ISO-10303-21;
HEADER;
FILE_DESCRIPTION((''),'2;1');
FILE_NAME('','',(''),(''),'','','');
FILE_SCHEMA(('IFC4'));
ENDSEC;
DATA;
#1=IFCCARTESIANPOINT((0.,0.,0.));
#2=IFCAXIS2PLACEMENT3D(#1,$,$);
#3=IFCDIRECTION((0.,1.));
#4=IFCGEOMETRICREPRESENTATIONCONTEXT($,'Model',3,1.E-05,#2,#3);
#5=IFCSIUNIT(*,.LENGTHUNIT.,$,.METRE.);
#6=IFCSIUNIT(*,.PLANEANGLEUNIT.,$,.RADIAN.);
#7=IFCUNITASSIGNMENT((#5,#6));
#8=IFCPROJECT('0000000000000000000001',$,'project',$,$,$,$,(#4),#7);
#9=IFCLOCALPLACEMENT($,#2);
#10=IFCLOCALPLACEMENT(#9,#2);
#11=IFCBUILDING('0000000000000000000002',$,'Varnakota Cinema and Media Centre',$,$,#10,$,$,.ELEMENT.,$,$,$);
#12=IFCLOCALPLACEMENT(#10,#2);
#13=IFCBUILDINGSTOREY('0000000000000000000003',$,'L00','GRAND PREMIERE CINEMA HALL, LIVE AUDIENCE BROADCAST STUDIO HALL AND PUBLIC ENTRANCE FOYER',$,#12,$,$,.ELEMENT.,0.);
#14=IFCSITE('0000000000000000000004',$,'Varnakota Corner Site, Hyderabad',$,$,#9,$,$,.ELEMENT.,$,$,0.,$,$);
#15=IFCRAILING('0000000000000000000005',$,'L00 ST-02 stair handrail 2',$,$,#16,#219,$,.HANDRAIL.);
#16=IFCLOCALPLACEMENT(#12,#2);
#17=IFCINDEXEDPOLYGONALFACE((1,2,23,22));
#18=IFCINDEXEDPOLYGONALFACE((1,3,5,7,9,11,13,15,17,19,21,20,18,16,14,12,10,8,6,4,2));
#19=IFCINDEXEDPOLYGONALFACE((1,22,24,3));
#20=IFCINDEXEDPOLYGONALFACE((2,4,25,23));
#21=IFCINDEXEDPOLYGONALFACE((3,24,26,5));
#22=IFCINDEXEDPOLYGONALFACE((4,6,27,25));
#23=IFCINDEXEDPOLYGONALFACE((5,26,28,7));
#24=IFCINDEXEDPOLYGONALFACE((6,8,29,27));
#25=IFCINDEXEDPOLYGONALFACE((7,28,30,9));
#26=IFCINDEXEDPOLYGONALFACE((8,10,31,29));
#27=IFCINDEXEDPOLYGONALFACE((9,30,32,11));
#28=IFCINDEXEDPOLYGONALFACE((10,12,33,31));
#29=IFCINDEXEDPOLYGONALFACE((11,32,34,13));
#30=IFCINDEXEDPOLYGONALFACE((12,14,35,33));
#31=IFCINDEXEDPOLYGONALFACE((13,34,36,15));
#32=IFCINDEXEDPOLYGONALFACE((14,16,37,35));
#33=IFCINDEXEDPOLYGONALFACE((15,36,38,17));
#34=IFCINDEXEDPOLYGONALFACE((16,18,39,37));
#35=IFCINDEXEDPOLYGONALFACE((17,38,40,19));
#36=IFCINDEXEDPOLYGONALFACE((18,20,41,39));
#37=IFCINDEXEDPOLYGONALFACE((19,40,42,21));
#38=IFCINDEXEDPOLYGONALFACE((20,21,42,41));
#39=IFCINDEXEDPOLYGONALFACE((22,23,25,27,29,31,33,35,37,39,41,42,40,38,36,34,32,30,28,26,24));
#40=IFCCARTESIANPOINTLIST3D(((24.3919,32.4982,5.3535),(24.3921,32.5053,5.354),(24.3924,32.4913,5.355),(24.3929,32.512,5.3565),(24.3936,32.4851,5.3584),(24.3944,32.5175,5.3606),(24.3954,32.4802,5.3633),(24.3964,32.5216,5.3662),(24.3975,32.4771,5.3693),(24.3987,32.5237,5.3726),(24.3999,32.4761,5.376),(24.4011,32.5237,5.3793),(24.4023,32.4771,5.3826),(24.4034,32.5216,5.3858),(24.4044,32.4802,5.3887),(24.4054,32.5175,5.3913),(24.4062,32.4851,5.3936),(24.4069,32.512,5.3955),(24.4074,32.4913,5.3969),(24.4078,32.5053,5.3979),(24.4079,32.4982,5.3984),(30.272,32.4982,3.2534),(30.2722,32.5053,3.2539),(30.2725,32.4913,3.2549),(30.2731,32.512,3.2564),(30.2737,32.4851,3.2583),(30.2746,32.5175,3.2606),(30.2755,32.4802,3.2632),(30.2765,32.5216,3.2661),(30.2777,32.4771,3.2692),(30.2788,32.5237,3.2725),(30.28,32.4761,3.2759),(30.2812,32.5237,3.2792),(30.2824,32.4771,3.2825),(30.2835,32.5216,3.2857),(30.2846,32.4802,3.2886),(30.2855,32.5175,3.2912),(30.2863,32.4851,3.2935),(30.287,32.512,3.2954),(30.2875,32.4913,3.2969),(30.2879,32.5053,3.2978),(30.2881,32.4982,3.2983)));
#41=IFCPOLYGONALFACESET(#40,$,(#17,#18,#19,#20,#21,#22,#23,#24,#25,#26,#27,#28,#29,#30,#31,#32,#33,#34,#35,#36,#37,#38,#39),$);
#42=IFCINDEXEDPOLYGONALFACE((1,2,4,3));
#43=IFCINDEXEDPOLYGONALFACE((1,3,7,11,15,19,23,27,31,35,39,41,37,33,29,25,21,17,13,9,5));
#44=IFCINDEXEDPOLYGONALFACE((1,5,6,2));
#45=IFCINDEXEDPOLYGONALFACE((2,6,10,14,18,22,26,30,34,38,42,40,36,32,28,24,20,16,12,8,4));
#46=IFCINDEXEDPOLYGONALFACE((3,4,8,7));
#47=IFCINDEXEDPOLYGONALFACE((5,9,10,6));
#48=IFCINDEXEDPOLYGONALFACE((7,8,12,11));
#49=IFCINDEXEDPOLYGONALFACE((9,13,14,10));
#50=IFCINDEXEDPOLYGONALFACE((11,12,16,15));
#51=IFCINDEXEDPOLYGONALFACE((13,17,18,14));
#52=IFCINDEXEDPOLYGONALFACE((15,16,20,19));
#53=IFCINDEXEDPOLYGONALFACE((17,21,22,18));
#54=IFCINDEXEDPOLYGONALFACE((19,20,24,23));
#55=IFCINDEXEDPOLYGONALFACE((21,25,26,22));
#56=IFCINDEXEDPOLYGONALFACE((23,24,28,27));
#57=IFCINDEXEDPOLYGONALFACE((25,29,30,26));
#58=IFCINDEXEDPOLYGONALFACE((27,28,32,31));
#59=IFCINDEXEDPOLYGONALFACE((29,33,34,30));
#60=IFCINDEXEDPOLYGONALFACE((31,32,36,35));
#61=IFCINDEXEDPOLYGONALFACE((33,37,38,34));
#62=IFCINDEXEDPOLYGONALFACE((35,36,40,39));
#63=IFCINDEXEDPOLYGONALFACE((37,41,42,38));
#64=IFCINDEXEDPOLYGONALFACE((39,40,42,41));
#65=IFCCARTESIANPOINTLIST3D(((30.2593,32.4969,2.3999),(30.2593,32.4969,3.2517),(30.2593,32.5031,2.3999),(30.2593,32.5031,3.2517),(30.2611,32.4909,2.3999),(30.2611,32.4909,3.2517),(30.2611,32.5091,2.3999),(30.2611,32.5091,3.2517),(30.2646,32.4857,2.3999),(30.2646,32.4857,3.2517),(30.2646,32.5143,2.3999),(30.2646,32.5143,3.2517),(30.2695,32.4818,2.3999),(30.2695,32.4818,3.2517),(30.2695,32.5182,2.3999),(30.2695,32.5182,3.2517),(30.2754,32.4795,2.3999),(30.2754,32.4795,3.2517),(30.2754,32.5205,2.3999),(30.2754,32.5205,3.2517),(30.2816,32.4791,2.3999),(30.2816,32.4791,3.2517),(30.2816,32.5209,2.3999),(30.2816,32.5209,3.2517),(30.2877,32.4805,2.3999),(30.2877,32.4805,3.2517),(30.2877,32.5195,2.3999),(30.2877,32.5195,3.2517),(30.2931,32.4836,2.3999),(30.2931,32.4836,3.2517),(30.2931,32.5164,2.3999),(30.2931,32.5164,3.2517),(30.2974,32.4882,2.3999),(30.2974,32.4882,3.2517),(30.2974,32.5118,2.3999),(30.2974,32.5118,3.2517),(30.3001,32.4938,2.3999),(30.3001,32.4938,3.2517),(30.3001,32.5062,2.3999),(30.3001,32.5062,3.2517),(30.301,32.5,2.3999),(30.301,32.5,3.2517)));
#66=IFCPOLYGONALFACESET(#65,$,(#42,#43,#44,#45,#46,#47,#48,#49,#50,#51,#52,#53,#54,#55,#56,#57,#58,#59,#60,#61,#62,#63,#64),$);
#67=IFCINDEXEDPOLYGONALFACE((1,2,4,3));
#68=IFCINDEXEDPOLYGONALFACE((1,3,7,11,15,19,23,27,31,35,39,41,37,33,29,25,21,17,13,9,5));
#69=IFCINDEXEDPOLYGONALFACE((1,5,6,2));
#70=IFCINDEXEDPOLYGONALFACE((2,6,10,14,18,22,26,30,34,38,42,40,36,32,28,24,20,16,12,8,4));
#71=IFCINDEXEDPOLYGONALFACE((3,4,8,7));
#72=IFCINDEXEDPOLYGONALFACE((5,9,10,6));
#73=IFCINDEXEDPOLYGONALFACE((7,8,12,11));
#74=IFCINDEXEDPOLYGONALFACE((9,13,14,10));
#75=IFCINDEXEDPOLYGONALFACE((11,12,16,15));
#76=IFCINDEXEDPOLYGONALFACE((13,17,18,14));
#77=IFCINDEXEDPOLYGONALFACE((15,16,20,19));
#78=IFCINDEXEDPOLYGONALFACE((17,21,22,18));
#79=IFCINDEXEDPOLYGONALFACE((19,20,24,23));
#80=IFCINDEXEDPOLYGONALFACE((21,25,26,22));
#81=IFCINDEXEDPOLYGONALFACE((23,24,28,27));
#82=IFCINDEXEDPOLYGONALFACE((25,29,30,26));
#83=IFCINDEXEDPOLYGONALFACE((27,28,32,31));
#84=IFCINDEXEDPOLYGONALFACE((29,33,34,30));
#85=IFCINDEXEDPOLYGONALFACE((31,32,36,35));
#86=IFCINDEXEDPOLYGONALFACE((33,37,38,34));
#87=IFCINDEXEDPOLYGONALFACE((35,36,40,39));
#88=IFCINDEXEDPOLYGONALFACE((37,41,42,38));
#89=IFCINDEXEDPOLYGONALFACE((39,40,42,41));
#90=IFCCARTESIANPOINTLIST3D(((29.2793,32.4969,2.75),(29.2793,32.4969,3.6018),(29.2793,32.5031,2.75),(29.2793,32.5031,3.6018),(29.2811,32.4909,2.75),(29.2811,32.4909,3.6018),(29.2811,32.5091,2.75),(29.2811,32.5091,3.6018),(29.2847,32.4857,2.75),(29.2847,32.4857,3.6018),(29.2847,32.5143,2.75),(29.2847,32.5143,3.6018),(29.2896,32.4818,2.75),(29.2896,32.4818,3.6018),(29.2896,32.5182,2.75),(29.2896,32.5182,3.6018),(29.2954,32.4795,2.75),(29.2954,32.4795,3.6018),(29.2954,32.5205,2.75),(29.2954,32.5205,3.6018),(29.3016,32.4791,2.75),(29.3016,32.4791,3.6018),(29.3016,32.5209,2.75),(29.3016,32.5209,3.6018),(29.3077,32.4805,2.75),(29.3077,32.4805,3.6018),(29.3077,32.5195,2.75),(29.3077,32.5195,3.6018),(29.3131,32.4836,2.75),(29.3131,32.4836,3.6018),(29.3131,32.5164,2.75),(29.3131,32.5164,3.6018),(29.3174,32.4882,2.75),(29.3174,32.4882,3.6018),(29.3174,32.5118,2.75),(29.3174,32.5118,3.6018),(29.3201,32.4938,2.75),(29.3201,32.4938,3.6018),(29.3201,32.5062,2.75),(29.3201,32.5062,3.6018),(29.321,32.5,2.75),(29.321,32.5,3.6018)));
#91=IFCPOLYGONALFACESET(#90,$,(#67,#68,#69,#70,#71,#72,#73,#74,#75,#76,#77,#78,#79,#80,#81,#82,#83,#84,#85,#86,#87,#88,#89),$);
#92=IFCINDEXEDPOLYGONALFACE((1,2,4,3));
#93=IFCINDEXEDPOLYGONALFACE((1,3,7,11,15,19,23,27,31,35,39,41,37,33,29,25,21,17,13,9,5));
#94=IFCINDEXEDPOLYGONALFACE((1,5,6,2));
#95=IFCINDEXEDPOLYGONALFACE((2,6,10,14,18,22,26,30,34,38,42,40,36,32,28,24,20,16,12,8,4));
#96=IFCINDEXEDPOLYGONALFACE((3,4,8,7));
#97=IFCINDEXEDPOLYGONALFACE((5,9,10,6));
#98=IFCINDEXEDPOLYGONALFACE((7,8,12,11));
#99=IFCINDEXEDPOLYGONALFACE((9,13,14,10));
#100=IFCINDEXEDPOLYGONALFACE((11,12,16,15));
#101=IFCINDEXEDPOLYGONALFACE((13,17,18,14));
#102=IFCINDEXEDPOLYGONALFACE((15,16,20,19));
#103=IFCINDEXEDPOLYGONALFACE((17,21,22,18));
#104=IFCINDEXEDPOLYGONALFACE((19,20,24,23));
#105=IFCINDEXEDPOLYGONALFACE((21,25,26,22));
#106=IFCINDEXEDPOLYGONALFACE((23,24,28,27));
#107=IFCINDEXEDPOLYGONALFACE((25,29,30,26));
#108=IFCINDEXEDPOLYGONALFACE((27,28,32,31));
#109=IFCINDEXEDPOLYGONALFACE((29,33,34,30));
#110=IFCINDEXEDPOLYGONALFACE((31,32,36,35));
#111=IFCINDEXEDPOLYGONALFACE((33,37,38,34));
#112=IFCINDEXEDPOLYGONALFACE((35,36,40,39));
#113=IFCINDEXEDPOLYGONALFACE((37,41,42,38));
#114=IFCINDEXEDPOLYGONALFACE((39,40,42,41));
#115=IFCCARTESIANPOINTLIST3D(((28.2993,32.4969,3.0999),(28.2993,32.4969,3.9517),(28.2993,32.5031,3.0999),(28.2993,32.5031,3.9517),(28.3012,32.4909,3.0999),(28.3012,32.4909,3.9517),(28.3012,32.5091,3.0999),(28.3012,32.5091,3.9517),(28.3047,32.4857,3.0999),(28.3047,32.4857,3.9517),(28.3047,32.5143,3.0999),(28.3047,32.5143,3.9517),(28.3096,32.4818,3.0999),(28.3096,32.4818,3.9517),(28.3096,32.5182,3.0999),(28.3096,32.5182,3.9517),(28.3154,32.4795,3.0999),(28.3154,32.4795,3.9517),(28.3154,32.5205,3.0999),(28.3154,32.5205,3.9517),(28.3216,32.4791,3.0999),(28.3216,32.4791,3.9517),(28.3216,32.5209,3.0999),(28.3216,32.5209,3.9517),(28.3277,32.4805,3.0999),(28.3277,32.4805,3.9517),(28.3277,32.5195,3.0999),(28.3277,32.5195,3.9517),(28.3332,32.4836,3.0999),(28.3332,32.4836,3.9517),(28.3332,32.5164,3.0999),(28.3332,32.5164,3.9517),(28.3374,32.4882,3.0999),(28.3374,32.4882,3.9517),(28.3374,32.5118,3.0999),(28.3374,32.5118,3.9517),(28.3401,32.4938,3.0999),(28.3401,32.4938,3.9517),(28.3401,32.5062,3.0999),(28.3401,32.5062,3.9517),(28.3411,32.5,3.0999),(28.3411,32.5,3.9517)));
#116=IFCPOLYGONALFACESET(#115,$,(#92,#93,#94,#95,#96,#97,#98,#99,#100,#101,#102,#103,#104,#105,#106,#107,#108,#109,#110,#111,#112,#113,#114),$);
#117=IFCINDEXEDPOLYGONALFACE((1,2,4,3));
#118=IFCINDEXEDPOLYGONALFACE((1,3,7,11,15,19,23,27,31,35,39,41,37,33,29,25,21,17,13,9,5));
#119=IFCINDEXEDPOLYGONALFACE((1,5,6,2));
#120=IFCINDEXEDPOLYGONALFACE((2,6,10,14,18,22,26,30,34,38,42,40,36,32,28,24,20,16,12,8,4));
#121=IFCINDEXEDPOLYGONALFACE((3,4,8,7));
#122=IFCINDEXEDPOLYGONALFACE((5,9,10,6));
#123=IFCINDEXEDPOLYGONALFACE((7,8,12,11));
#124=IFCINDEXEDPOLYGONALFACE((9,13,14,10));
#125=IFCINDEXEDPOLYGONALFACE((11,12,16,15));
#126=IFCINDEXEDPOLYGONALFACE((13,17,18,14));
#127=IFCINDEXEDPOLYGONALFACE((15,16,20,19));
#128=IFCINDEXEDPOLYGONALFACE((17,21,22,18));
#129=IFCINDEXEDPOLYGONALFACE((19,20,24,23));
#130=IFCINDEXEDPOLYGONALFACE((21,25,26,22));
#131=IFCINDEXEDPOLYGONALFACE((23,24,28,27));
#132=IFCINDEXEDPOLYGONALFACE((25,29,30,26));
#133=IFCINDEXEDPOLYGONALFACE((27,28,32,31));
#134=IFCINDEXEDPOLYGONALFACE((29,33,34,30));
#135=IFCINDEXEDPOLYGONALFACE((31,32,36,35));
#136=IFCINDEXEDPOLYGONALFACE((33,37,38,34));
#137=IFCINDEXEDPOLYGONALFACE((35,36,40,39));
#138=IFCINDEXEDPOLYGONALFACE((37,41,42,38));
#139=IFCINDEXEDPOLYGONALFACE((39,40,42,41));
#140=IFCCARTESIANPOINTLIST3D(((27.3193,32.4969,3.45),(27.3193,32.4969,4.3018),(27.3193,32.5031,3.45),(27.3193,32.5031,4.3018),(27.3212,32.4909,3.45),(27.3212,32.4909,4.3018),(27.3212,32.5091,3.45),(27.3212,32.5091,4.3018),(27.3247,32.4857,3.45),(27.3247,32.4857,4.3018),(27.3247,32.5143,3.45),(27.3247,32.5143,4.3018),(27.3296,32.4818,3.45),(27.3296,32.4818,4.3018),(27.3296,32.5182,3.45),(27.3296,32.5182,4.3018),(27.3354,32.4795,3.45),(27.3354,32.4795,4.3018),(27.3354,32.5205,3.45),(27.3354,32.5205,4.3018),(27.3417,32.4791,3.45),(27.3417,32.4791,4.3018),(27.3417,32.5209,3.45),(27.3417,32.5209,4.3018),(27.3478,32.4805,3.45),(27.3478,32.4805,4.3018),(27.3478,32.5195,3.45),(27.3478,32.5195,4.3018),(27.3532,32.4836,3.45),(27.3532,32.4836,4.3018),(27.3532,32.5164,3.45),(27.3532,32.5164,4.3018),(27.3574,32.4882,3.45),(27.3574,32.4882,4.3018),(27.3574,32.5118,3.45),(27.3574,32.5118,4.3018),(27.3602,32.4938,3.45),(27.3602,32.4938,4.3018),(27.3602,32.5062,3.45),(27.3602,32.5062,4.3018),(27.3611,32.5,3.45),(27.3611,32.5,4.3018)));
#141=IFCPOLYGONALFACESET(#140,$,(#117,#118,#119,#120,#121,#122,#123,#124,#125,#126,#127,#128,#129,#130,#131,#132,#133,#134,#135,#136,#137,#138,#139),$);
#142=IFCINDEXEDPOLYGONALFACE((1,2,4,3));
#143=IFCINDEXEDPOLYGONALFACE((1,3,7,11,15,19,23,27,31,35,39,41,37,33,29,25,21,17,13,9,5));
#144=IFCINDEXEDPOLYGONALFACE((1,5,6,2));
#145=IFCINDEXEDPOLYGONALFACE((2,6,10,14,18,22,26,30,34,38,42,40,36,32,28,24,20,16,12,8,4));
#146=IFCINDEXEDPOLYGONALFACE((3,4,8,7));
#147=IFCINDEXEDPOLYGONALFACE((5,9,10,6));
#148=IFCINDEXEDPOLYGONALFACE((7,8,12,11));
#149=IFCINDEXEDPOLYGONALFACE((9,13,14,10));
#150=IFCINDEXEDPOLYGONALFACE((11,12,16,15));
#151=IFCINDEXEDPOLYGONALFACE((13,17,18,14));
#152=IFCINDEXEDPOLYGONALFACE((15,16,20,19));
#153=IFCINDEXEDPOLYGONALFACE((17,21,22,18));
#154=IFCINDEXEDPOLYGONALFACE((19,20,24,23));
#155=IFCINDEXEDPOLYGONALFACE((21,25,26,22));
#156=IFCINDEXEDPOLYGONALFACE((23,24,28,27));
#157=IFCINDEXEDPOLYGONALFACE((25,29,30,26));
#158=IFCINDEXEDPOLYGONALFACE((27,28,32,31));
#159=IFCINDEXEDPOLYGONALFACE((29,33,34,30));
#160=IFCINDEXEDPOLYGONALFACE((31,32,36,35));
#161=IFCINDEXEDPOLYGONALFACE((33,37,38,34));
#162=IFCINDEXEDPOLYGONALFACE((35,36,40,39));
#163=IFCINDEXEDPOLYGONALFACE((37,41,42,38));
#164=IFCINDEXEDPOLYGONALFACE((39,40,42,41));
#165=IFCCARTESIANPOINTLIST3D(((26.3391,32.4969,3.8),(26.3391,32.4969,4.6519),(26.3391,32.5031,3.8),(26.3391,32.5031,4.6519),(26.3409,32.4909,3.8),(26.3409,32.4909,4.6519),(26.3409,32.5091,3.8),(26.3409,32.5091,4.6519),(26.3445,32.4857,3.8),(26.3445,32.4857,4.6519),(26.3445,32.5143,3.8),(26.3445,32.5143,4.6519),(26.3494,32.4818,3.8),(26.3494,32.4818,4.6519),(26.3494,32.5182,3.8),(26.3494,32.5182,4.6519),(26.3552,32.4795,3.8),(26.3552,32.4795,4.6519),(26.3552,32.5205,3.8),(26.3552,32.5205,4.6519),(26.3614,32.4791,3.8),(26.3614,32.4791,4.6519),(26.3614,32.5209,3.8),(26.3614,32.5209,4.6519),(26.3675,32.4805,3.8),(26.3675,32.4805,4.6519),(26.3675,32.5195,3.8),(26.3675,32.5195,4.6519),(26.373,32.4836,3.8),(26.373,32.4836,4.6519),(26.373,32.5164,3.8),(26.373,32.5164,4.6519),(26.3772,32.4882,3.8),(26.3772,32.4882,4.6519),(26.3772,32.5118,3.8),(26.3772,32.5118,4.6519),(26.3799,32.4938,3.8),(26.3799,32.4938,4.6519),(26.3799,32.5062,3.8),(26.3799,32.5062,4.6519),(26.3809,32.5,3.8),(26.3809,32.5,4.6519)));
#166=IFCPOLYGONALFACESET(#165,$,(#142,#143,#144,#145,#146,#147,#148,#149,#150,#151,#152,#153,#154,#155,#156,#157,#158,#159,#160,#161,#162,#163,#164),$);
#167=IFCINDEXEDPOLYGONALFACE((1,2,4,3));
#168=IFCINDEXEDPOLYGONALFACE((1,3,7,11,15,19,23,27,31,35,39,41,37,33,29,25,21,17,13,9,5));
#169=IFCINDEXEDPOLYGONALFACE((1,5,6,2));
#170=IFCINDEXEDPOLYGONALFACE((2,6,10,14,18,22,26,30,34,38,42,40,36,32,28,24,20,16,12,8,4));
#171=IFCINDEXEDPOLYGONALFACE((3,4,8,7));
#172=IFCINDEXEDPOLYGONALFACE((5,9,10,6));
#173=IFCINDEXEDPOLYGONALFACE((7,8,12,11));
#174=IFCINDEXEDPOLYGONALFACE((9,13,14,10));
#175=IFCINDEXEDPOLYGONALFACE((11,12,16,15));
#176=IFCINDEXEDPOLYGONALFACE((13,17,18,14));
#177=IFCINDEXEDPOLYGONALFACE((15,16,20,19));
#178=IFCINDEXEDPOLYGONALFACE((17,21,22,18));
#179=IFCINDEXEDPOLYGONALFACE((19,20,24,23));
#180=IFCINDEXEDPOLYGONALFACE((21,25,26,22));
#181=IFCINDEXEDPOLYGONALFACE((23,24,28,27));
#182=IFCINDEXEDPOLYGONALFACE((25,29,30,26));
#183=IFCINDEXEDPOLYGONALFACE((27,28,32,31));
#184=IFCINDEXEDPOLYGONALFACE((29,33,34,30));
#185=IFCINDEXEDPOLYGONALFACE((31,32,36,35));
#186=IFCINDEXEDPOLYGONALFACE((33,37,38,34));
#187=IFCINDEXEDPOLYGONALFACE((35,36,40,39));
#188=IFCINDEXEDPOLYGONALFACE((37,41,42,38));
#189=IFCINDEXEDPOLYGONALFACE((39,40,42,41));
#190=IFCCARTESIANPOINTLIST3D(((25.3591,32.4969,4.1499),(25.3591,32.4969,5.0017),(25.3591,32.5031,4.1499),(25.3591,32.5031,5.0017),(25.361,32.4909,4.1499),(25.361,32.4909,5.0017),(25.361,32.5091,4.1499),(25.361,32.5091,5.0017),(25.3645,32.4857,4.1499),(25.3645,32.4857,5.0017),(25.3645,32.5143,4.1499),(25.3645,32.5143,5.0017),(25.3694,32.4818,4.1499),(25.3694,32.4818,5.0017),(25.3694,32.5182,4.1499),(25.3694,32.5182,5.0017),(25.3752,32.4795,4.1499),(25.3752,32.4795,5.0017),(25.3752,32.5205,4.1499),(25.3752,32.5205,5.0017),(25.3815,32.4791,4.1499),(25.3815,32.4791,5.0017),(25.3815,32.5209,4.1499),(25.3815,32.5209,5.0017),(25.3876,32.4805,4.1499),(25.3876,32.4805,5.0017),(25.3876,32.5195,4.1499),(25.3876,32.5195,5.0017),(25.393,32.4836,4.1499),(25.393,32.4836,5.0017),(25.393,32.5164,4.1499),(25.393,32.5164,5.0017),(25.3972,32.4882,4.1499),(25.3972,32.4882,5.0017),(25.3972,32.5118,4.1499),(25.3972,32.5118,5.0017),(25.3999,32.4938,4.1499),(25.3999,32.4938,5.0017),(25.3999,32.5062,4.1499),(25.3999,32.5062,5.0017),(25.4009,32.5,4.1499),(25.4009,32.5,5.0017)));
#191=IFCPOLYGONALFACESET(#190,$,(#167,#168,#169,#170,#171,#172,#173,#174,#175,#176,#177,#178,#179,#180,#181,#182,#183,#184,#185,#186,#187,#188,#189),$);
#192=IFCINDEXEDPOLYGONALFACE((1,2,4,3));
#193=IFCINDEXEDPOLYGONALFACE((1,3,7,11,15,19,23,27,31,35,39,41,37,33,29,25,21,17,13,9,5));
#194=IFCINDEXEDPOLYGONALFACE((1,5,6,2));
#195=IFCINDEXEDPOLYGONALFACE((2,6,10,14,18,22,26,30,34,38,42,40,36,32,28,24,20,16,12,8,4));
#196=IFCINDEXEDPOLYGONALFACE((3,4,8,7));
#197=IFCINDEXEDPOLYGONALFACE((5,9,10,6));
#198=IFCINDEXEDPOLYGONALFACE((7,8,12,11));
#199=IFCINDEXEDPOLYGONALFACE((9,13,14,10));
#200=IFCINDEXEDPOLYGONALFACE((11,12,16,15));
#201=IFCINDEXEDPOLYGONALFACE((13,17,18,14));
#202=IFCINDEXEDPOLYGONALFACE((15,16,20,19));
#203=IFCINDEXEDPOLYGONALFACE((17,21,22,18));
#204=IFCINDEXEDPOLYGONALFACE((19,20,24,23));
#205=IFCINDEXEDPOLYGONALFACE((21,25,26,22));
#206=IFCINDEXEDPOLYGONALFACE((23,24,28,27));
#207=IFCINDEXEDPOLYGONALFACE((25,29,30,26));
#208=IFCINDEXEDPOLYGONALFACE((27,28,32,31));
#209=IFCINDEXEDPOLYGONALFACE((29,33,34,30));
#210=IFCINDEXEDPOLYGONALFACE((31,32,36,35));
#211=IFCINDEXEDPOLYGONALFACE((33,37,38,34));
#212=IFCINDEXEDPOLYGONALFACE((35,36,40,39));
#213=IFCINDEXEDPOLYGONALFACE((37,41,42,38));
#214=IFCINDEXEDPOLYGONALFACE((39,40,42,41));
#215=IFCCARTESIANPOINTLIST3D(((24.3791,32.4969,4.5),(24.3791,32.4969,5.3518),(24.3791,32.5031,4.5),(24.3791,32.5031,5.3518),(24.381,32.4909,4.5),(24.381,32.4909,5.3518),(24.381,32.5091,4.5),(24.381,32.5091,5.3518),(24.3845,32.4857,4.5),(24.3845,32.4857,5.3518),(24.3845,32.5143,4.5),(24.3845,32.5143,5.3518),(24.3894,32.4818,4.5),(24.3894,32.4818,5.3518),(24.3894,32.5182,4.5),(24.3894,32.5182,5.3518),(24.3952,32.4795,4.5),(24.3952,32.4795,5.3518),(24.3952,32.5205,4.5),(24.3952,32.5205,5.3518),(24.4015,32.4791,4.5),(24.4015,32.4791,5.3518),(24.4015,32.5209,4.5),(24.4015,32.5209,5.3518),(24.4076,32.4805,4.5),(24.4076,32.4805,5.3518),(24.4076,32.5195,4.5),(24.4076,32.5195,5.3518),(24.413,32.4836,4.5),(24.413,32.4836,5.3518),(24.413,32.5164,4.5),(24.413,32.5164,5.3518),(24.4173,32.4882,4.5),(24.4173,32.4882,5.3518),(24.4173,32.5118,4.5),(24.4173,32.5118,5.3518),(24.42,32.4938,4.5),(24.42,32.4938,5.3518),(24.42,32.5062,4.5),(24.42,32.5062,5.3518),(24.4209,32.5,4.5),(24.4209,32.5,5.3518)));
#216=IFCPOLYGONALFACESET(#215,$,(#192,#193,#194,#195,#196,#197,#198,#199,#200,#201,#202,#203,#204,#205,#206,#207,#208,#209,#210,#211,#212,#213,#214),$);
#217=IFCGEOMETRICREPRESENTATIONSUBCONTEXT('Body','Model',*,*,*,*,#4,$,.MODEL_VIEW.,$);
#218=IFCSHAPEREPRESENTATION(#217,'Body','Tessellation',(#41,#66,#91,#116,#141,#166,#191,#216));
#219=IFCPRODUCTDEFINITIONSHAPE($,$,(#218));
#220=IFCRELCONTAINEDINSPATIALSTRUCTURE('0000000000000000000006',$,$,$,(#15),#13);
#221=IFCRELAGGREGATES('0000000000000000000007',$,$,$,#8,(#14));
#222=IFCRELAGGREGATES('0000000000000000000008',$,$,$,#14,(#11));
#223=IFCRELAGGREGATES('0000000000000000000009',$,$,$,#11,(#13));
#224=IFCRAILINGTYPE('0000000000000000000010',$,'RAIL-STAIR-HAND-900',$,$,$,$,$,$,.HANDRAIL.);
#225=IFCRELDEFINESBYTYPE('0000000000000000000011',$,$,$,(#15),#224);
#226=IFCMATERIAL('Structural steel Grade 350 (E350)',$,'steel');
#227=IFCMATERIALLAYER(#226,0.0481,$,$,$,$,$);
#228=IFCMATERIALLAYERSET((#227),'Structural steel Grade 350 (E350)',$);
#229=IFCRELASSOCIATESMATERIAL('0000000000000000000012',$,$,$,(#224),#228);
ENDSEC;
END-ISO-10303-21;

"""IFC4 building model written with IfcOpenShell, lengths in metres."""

from ifc_helpers import new_model, si_unit, direction, frame, origin, origin_2d, place, context, subcontext, project, spatial, circle, extrude, material, layer, layer_set, type_object, element, save


model = new_model("IFC4")

# Units and contexts
model_context = context("Model", 3, precision=1e-05, world=origin(), true_north=direction((0.0, 1.0)))
body_context = subcontext(model_context, "Body", "Model", "MODEL_VIEW")
ifc_project = project(units=[si_unit("LENGTHUNIT", "METRE"), si_unit("PLANEANGLEUNIT", "RADIAN")], contexts=[model_context])

# Site, building, storey
site_placement = place(None, origin())
site = spatial("IfcSite", under=ifc_project, at=site_placement, Name="Varnakota Corner Site, Hyderabad", CompositionType="ELEMENT", RefElevation=0.0)
building_placement = place(site_placement, origin())
building = spatial("IfcBuilding", under=site, at=building_placement, Name="Varnakota Cinema and Media Centre", CompositionType="ELEMENT")
storey_placement = place(building_placement, origin())
storey = spatial("IfcBuildingStorey", under=building, at=storey_placement, Name="L00", Description="GRAND PREMIERE CINEMA HALL, LIVE AUDIENCE BROADCAST STUDIO HALL AND PUBLIC ENTRANCE FOYER", CompositionType="ELEMENT", Elevation=0.0)

# Railing
ifc_material_1 = material(Name="Structural steel Grade 350 (E350)", Category="steel")
ifc_layer_1 = layer(ifc_material_1, 0.0481)
ifc_layer_set_1 = layer_set([ifc_layer_1], Name="Structural steel Grade 350 (E350)")
railing_type_1 = type_object("IfcRailingType", Name="RAIL-STAIR-HAND-900", PredefinedType="HANDRAIL", material=ifc_layer_set_1)
railing_1_placement = place(storey_placement, frame((30.28, 32.5, 2.3999)))
element("IfcRailing", 1, at=railing_1_placement, inside=storey, type_object=railing_type_1, Name="L00 ST-02 stair handrail 2", PredefinedType="HANDRAIL", context=body_context, shape_type="SweptSolid", body=[
    extrude(circle(Radius=0.0239, at=origin_2d()), frame((0.0, 0.0, 0.876), z_axis=(-0.941739, 0.0, 0.336344), x_axis=(0.0, -1.0, 0.0)), (0.0, 0.0, 1.0), 6.2439),
    extrude(circle(Radius=0.021, at=origin_2d()), origin(), (0.0, 0.0, 1.0), 0.8518),
    extrude(circle(Radius=0.021, at=origin_2d()), frame((-0.98, 0.0, 0.3501)), (0.0, 0.0, 1.0), 0.8518),
    extrude(circle(Radius=0.021, at=origin_2d()), frame((-1.96, 0.0, 0.7)), (0.0, 0.0, 1.0), 0.8518),
    extrude(circle(Radius=0.021, at=origin_2d()), frame((-2.9399, 0.0, 1.05)), (0.0, 0.0, 1.0), 0.8518),
    extrude(circle(Radius=0.021, at=origin_2d()), frame((-3.9202, 0.0, 1.4001)), (0.0, 0.0, 1.0), 0.8518),
    extrude(circle(Radius=0.021, at=origin_2d()), frame((-4.9001, 0.0, 1.75)), (0.0, 0.0, 1.0), 0.8518),
    extrude(circle(Radius=0.021, at=origin_2d()), frame((-5.8801, 0.0, 2.1001)), (0.0, 0.0, 1.0), 0.8518),
])

save(model, "model.ifc")
